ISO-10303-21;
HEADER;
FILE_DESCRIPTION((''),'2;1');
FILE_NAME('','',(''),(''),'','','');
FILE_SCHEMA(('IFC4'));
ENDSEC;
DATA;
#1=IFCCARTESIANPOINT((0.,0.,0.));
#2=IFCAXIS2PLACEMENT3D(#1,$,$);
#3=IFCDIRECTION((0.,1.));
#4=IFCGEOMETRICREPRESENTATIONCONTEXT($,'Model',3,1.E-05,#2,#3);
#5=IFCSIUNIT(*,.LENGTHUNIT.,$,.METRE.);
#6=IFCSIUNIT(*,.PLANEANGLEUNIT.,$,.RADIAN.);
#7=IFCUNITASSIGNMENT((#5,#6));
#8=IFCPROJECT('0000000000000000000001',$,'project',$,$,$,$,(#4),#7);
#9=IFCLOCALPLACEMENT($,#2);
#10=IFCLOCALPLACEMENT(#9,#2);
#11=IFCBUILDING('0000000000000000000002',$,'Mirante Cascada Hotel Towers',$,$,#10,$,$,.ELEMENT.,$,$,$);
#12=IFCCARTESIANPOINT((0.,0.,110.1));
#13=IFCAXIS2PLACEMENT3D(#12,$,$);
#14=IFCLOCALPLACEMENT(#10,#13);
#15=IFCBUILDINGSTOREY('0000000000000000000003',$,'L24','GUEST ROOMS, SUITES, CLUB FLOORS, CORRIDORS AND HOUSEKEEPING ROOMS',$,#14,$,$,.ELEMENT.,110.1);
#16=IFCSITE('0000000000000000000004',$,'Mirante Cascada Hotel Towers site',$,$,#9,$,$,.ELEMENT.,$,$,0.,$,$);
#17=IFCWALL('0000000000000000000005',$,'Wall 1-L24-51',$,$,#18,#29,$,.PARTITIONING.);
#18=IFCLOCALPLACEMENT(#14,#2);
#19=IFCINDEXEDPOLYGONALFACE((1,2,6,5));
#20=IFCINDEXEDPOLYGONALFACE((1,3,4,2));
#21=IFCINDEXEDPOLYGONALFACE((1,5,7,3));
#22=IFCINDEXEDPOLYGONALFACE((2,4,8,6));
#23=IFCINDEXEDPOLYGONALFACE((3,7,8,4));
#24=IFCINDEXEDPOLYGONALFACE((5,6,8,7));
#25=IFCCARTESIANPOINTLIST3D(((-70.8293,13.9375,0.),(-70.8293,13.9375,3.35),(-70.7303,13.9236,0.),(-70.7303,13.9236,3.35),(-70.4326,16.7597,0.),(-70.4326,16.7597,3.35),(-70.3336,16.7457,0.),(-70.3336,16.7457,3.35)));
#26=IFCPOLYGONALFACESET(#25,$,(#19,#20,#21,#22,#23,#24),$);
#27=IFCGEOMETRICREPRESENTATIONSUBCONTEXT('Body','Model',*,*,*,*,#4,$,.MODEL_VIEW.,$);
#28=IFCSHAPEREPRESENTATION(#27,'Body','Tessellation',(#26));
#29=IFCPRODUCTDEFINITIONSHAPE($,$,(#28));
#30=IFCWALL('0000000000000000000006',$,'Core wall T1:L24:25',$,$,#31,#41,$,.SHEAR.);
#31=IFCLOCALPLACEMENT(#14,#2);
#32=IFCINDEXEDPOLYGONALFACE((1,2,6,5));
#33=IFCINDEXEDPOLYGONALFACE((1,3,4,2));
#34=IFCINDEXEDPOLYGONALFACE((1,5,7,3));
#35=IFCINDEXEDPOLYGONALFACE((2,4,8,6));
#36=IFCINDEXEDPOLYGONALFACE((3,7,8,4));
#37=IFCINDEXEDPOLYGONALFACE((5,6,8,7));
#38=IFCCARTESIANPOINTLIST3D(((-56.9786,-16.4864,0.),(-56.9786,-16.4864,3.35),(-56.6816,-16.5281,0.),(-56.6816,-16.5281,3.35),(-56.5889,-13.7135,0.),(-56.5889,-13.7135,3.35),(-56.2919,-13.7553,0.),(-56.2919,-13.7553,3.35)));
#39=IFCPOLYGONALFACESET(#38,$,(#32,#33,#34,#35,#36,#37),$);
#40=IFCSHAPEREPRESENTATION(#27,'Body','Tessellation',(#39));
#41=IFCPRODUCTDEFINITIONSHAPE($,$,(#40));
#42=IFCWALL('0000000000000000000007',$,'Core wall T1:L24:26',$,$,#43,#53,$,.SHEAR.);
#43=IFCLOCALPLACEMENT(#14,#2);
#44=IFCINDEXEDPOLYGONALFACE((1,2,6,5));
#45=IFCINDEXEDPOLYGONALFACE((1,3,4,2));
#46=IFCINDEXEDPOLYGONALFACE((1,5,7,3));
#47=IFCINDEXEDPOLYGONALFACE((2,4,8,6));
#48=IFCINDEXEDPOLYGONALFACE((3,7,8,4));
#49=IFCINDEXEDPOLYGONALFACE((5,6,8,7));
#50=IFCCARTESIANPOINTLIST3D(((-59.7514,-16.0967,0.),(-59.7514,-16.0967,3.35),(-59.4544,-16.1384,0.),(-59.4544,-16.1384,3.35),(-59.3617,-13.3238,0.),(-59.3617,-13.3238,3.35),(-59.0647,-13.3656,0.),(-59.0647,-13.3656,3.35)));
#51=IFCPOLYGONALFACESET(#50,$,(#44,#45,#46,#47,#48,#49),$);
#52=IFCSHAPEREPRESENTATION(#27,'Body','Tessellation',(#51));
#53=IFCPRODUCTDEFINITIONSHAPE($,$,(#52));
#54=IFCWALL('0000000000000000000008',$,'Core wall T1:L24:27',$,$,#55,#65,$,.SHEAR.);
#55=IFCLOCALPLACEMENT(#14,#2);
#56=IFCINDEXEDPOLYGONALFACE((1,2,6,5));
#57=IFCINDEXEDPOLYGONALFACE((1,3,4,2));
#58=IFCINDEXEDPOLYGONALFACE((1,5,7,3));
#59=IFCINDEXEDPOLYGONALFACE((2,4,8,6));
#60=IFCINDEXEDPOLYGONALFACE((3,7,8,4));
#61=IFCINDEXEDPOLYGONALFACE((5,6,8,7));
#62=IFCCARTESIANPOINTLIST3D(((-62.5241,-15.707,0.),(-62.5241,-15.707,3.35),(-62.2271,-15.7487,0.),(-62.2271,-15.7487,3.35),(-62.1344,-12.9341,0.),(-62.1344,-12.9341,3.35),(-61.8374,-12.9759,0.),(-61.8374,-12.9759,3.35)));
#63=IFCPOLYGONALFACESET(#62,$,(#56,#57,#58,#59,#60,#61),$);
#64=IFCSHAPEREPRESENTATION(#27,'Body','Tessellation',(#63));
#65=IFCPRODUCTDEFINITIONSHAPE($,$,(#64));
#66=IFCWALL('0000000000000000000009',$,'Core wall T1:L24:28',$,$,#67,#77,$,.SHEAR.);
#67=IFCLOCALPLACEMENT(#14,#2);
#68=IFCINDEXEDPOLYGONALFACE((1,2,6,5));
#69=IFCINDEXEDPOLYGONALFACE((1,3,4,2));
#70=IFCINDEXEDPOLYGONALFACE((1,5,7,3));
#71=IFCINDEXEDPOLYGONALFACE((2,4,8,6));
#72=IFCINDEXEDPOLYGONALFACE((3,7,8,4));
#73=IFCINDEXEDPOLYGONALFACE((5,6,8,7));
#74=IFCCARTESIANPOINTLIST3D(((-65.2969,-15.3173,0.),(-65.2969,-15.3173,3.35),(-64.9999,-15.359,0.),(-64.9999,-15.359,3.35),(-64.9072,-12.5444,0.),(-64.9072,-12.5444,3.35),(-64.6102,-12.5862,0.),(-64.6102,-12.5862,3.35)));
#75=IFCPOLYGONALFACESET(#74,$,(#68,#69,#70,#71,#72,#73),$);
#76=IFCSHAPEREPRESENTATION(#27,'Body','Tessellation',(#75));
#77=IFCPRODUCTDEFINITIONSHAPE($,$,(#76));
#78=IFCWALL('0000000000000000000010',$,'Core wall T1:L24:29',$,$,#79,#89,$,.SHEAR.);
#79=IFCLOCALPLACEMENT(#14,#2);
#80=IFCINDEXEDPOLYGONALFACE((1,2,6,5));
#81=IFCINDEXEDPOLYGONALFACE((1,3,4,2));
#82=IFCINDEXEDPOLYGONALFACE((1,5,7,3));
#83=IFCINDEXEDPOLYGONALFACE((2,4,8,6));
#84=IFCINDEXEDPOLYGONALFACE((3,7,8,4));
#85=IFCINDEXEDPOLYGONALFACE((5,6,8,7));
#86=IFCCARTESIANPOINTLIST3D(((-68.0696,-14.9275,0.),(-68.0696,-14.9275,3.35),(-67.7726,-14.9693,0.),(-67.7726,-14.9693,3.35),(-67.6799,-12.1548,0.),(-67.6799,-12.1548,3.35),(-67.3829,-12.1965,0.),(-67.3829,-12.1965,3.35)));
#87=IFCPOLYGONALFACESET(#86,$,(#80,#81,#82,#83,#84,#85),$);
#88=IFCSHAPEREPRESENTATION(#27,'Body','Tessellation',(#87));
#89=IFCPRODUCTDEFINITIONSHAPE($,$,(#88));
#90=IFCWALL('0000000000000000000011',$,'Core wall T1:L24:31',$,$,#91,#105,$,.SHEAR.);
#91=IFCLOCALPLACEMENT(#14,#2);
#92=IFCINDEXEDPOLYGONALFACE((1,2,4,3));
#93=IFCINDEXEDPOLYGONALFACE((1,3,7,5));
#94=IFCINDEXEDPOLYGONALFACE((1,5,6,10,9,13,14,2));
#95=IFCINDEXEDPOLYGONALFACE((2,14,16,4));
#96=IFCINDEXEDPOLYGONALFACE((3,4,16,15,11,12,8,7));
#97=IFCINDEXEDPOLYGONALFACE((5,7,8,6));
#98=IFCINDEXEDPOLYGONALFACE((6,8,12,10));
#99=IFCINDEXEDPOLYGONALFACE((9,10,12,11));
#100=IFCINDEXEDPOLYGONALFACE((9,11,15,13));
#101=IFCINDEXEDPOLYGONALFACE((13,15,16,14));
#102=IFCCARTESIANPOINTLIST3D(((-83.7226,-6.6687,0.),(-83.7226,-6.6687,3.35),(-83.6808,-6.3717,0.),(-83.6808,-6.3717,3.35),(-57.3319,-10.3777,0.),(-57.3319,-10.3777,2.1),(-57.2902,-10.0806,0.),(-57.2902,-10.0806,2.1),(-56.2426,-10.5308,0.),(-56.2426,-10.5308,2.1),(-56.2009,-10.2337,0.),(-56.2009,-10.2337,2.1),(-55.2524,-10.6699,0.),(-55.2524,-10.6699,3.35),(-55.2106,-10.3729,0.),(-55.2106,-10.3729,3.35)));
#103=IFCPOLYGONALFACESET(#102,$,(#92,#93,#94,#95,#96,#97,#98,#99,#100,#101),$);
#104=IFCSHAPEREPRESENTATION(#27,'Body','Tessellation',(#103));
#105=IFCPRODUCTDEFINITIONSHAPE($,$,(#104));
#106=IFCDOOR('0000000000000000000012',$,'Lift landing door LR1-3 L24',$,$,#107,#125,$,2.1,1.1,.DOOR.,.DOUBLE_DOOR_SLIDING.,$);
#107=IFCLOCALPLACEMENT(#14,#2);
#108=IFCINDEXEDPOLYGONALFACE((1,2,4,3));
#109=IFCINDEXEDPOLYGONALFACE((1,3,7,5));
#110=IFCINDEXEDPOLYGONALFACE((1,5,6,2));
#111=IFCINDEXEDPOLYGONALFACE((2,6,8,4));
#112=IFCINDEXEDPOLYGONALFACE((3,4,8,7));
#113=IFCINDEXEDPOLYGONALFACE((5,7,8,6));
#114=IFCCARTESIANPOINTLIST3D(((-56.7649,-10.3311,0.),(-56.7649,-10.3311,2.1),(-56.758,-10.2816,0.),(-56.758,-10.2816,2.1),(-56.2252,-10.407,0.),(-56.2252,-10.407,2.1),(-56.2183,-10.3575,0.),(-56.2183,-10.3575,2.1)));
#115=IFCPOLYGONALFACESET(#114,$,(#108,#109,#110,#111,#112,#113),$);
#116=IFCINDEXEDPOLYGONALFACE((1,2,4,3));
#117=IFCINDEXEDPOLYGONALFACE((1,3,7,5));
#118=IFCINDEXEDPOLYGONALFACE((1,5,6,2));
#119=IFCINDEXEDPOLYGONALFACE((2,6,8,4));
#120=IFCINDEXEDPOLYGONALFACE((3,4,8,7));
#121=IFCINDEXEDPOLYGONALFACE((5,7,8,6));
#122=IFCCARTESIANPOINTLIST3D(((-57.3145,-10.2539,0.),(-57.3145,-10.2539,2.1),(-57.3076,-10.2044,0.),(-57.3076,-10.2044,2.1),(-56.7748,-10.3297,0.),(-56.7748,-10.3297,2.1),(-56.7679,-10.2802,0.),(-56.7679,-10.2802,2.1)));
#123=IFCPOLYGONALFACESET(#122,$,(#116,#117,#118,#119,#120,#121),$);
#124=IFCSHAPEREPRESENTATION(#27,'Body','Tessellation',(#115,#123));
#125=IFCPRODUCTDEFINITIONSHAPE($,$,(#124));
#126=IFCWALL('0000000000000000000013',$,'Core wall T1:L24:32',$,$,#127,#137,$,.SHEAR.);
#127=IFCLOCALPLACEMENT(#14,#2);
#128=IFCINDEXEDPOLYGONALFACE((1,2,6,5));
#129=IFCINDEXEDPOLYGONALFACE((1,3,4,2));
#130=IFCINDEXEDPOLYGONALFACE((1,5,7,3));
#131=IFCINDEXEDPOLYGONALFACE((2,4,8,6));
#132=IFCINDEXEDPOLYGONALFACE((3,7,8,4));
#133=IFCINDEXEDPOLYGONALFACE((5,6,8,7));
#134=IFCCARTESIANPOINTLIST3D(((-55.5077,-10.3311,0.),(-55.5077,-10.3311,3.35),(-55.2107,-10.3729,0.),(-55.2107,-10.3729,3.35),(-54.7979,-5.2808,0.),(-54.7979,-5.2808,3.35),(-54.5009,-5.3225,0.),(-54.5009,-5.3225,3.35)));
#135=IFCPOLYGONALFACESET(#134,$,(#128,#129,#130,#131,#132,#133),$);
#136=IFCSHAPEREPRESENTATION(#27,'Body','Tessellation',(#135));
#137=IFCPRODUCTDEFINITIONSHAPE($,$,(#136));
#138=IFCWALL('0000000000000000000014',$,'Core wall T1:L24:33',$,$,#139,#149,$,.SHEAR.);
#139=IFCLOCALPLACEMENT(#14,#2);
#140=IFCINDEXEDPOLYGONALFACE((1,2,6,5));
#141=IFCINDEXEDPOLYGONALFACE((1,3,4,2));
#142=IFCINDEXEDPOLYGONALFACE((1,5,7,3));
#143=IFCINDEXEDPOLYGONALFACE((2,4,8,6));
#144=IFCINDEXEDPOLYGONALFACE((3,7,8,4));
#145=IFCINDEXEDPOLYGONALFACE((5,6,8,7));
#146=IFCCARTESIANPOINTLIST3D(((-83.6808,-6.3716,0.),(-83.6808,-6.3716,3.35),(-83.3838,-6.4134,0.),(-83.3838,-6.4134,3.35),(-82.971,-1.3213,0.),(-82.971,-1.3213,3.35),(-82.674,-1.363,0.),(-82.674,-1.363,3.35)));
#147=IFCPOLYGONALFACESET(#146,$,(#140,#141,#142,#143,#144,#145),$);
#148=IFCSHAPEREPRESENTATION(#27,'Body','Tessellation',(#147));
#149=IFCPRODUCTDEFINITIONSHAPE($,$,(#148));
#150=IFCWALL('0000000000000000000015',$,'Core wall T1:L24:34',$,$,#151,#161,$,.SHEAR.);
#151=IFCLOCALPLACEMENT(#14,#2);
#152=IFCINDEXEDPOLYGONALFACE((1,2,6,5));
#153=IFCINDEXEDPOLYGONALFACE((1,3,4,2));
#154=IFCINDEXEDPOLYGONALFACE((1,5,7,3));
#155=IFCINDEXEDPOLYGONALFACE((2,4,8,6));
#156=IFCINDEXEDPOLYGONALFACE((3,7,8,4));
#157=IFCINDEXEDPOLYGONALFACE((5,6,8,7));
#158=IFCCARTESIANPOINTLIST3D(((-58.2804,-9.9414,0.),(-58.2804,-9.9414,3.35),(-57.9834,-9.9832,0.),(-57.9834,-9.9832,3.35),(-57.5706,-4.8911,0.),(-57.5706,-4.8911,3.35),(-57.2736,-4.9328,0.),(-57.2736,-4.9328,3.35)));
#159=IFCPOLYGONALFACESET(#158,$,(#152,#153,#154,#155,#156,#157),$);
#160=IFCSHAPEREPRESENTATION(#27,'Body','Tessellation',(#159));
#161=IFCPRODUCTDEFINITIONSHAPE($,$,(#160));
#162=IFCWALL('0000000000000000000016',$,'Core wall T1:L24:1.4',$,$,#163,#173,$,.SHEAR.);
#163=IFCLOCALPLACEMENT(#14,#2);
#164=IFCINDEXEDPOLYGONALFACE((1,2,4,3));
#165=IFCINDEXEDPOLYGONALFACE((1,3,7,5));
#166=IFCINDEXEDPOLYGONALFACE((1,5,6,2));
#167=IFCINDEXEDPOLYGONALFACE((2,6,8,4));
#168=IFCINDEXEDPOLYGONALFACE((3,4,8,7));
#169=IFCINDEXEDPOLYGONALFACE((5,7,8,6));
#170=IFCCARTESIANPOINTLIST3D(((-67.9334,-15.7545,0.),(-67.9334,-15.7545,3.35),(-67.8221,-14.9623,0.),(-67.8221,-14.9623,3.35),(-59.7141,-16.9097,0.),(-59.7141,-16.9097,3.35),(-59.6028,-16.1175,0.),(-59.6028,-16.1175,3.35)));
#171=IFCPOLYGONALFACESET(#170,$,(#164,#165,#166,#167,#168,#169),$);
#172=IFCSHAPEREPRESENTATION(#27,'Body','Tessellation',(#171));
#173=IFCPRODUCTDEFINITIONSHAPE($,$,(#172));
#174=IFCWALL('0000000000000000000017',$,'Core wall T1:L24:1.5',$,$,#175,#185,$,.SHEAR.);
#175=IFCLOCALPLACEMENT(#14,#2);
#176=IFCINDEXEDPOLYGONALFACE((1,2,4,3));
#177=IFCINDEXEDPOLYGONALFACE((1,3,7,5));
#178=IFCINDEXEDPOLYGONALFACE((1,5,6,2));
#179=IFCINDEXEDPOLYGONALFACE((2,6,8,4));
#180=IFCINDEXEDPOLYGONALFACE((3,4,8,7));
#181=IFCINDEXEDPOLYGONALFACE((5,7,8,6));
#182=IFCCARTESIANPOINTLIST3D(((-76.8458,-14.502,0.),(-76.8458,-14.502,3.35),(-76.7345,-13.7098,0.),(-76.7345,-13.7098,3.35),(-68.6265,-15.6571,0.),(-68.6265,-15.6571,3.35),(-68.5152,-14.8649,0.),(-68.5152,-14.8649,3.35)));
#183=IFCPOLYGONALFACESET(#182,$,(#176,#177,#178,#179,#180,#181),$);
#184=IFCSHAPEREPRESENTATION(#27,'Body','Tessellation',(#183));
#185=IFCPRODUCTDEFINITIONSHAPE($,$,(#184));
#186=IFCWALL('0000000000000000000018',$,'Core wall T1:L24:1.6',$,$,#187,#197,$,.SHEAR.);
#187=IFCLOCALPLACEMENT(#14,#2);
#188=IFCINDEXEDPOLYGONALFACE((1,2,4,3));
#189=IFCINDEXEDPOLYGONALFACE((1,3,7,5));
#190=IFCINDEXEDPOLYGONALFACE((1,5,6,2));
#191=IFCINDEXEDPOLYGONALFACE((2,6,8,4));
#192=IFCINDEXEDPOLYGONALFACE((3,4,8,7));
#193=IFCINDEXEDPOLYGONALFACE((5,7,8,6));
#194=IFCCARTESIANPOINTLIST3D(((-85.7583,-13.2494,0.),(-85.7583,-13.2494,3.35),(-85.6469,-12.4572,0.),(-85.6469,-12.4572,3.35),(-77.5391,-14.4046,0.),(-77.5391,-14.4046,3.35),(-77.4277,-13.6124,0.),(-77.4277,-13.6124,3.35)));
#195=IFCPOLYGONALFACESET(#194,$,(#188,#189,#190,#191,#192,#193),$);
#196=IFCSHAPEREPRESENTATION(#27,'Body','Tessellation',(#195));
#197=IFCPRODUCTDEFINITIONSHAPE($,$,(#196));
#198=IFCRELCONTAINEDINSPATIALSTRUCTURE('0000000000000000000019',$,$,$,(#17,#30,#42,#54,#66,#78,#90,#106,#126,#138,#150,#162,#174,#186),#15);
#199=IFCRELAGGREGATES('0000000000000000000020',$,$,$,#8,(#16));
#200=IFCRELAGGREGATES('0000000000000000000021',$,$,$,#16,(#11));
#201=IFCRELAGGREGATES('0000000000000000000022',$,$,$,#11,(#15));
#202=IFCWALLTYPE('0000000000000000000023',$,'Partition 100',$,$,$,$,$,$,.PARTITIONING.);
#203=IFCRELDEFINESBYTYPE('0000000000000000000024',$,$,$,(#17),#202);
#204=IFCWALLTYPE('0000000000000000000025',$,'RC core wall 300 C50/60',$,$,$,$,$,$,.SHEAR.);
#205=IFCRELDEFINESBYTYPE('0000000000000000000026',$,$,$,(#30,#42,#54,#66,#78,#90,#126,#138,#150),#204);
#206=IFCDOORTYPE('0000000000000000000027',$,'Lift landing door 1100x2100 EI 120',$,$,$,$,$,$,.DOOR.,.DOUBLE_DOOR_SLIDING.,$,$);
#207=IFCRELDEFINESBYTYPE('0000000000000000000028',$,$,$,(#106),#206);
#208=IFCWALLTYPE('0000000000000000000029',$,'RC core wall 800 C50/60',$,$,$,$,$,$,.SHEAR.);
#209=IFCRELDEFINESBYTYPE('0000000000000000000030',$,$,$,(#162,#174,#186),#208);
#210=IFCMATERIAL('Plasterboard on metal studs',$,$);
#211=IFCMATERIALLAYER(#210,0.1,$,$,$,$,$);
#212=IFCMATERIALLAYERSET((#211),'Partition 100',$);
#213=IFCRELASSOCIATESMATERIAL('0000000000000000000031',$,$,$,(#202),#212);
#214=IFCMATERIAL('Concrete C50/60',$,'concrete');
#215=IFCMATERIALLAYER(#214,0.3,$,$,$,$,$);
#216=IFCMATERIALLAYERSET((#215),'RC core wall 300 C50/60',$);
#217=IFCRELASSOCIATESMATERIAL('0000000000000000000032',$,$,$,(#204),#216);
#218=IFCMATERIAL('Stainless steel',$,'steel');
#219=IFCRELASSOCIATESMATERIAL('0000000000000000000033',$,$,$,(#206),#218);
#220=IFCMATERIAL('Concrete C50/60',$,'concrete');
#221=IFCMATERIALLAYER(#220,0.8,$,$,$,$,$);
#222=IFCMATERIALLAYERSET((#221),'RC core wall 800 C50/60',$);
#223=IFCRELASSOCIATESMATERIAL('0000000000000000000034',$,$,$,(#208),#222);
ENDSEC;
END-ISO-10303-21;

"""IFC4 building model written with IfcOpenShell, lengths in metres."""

from ifc_helpers import new_model, si_unit, direction, frame, frame_2d, origin, place, context, subcontext, project, spatial, rectangle, extrude, material, layer, layer_set, type_object, element, fill, save


model = new_model("IFC4")

# Units and contexts
model_context = context("Model", 3, precision=1e-05, world=origin(), true_north=direction((0.0, 1.0)))
body_context = subcontext(model_context, "Body", "Model", "MODEL_VIEW")
ifc_project = project(units=[si_unit("LENGTHUNIT", "METRE"), si_unit("PLANEANGLEUNIT", "RADIAN")], contexts=[model_context])

# Site, building, storey
site_placement = place(None, origin())
site = spatial("IfcSite", under=ifc_project, at=site_placement, Name="Mirante Cascada Hotel Towers site", CompositionType="ELEMENT", RefElevation=0.0)
building_placement = place(site_placement, origin())
building = spatial("IfcBuilding", under=site, at=building_placement, Name="Mirante Cascada Hotel Towers", CompositionType="ELEMENT")
storey_placement = place(building_placement, frame((0.0, 0.0, 110.1)))
storey = spatial("IfcBuildingStorey", under=building, at=storey_placement, Name="L24", Description="GUEST ROOMS, SUITES, CLUB FLOORS, CORRIDORS AND HOUSEKEEPING ROOMS", CompositionType="ELEMENT", Elevation=110.1)

# Walls
ifc_material_1 = material(Name="Plasterboard on metal studs")
ifc_layer_1 = layer(ifc_material_1, 0.1)
ifc_layer_set_1 = layer_set([ifc_layer_1], Name="Partition 100")
wall_type_1 = type_object("IfcWallType", Name="Partition 100", PredefinedType="PARTITIONING", material=ifc_layer_set_1)
wall_1_placement = place(storey_placement, frame((-70.7798, 13.9305, 0.0), z_axis=(0.0, 0.0, 1.0), x_axis=(0.139196, 0.990265, 0.0)))
element("IfcWall", 1, at=wall_1_placement, inside=storey, type_object=wall_type_1, Name="Wall 1-L24-51", PredefinedType="PARTITIONING", context=body_context, shape_type="SweptSolid", body=[
    extrude(rectangle(XDim=2.8499, YDim=0.1, at=frame_2d((1.425, 0.0))), origin(), (0.0, 0.0, 1.0), 3.35),
])
ifc_material_2 = material(Name="Concrete C50/60", Category="concrete")
ifc_layer_2 = layer(ifc_material_2, 0.3)
ifc_layer_set_2 = layer_set([ifc_layer_2], Name="RC core wall 300 C50/60")
wall_type_2 = type_object("IfcWallType", Name="RC core wall 300 C50/60", PredefinedType="SHEAR", material=ifc_layer_set_2)
for number, where, z_axis, x_axis, name in (
    (2, (-56.8301, -16.5072, 0.0), (0.0, 0.0, 1.0), (0.139176, 0.990268, 0.0), "Core wall T1:L24:25"),
    (3, (-59.6029, -16.1175, 0.0), (0.0, 0.0, 1.0), (0.139176, 0.990268, 0.0), "Core wall T1:L24:26"),
    (4, (-62.3756, -15.7278, 0.0), (0.0, 0.0, 1.0), (0.139176, 0.990268, 0.0), "Core wall T1:L24:27"),
    (5, (-65.1484, -15.3381, 0.0), (0.0, 0.0, 1.0), (0.139176, 0.990268, 0.0), "Core wall T1:L24:28"),
):
    element("IfcWall", number, at=place(storey_placement, frame(where, z_axis=z_axis, x_axis=x_axis)), inside=storey, type_object=wall_type_2, Name=name, PredefinedType="SHEAR", context=body_context, shape_type="SweptSolid", body=[
        extrude(rectangle(XDim=2.8001, YDim=0.3, at=frame_2d((1.4, 0.0))), origin(), (0.0, 0.0, 1.0), 3.35),
    ])
wall_2_placement = place(storey_placement, frame((-67.9211, -14.9484, 0.0), z_axis=(0.0, 0.0, 1.0), x_axis=(0.139181, 0.990267, 0.0)))
element("IfcWall", 6, at=wall_2_placement, inside=storey, type_object=wall_type_2, Name="Core wall T1:L24:29", PredefinedType="SHEAR", context=body_context, shape_type="SweptSolid", body=[
    extrude(rectangle(XDim=2.8, YDim=0.3, at=frame_2d((1.4, 0.0))), origin(), (0.0, 0.0, 1.0), 3.35),
])

# Wall, opening, door
wall_3_placement = place(storey_placement, frame((-55.2315, -10.5214, 0.0), z_axis=(0.0, 0.0, 1.0), x_axis=(-0.990268, 0.139172, 0.0)))
wall_3 = element("IfcWall", 7, at=wall_3_placement, inside=storey, type_object=wall_type_2, Name="Core wall T1:L24:31", PredefinedType="SHEAR", context=body_context, shape_type="SweptSolid", body=[
    extrude(rectangle(XDim=28.75, YDim=0.3, at=frame_2d((14.375, 0.0))), origin(), (0.0, 0.0, 1.0), 3.35),
])
opening_placement = place(wall_3_placement, frame((1.0, 0.0, 0.0)))
opening = element("IfcOpeningElement", 8, at=opening_placement, cuts=wall_3, PredefinedType="OPENING", context=body_context, shape_type="SweptSolid", body=[
    extrude(rectangle(XDim=1.1, YDim=2.1, at=frame_2d((0.55, 1.05))), frame((0.0, 0.15, 0.0), z_axis=(0.0, -1.0, 0.0), x_axis=(1.0, 0.0, 0.0)), (0.0, 0.0, 1.0), 0.3),
])
ifc_material_3 = material(Name="Stainless steel", Category="steel")
door_type = type_object("IfcDoorType", Name="Lift landing door 1100x2100 EI 120", OperationType="DOUBLE_DOOR_SLIDING", PredefinedType="DOOR", material=ifc_material_3)
door_placement = place(opening_placement, origin())
door = element("IfcDoor", 9, at=door_placement, inside=storey, type_object=door_type, Name="Lift landing door LR1-3 L24", OperationType="DOUBLE_DOOR_SLIDING", OverallHeight=2.1, OverallWidth=1.1, PredefinedType="DOOR", context=body_context, shape_type="SweptSolid", body=[
    extrude(rectangle(XDim=0.545, YDim=2.1, at=frame_2d((0.2725, 1.05))), frame((0.0, 0.025, 0.0), z_axis=(0.0, -1.0, 0.0), x_axis=(1.0, 0.0, 0.0)), (0.0, 0.0, 1.0), 0.05),
    extrude(rectangle(XDim=0.545, YDim=2.1, at=frame_2d((0.8275, 1.05))), frame((0.0, 0.025, 0.0), z_axis=(0.0, -1.0, 0.0), x_axis=(1.0, 0.0, 0.0)), (0.0, 0.0, 1.0), 0.05),
])
fill(opening, door)

# Walls
for number, where, z_axis, x_axis, name in (
    (10, (-55.3592, -10.352, 0.0), (0.0, 0.0, 1.0), (0.139176, 0.990268, 0.0), "Core wall T1:L24:32"),
    (11, (-83.5323, -6.3925, 0.0), (0.0, 0.0, 1.0), (0.139176, 0.990268, 0.0), "Core wall T1:L24:33"),
    (12, (-58.1319, -9.9623, 0.0), (0.0, 0.0, 1.0), (0.139176, 0.990268, 0.0), "Core wall T1:L24:34"),
):
    element("IfcWall", number, at=place(storey_placement, frame(where, z_axis=z_axis, x_axis=x_axis)), inside=storey, type_object=wall_type_2, Name=name, PredefinedType="SHEAR", context=body_context, shape_type="SweptSolid", body=[
        extrude(rectangle(XDim=5.1, YDim=0.3, at=frame_2d((2.55, 0.0))), origin(), (0.0, 0.0, 1.0), 3.35),
    ])
ifc_material_4 = material(Name="Concrete C50/60", Category="concrete")
ifc_layer_3 = layer(ifc_material_4, 0.8)
ifc_layer_set_3 = layer_set([ifc_layer_3], Name="RC core wall 800 C50/60")
wall_type_3 = type_object("IfcWallType", Name="RC core wall 800 C50/60", PredefinedType="SHEAR", material=ifc_layer_set_3)
for number, where, z_axis, x_axis, name in (
    (13, (-59.6585, -16.5136, 0.0), (0.0, 0.0, 1.0), (-0.990267, 0.139179, 0.0), "Core wall T1:L24:1.4"),
    (14, (-68.5709, -15.261, 0.0), (0.0, 0.0, 1.0), (-0.990269, 0.139167, 0.0), "Core wall T1:L24:1.5"),
):
    element("IfcWall", number, at=place(storey_placement, frame(where, z_axis=z_axis, x_axis=x_axis)), inside=storey, type_object=wall_type_3, Name=name, PredefinedType="SHEAR", context=body_context, shape_type="SweptSolid", body=[
        extrude(rectangle(XDim=8.3001, YDim=0.8, at=frame_2d((4.15, 0.0))), origin(), (0.0, 0.0, 1.0), 3.35),
    ])
wall_4_placement = place(storey_placement, frame((-77.4834, -14.0085, 0.0), z_axis=(0.0, 0.0, 1.0), x_axis=(-0.990267, 0.139181, 0.0)))
element("IfcWall", 15, at=wall_4_placement, inside=storey, type_object=wall_type_3, Name="Core wall T1:L24:1.6", PredefinedType="SHEAR", context=body_context, shape_type="SweptSolid", body=[
    extrude(rectangle(XDim=8.3, YDim=0.8, at=frame_2d((4.15, 0.0))), origin(), (0.0, 0.0, 1.0), 3.35),
])

save(model, "model.ifc")
